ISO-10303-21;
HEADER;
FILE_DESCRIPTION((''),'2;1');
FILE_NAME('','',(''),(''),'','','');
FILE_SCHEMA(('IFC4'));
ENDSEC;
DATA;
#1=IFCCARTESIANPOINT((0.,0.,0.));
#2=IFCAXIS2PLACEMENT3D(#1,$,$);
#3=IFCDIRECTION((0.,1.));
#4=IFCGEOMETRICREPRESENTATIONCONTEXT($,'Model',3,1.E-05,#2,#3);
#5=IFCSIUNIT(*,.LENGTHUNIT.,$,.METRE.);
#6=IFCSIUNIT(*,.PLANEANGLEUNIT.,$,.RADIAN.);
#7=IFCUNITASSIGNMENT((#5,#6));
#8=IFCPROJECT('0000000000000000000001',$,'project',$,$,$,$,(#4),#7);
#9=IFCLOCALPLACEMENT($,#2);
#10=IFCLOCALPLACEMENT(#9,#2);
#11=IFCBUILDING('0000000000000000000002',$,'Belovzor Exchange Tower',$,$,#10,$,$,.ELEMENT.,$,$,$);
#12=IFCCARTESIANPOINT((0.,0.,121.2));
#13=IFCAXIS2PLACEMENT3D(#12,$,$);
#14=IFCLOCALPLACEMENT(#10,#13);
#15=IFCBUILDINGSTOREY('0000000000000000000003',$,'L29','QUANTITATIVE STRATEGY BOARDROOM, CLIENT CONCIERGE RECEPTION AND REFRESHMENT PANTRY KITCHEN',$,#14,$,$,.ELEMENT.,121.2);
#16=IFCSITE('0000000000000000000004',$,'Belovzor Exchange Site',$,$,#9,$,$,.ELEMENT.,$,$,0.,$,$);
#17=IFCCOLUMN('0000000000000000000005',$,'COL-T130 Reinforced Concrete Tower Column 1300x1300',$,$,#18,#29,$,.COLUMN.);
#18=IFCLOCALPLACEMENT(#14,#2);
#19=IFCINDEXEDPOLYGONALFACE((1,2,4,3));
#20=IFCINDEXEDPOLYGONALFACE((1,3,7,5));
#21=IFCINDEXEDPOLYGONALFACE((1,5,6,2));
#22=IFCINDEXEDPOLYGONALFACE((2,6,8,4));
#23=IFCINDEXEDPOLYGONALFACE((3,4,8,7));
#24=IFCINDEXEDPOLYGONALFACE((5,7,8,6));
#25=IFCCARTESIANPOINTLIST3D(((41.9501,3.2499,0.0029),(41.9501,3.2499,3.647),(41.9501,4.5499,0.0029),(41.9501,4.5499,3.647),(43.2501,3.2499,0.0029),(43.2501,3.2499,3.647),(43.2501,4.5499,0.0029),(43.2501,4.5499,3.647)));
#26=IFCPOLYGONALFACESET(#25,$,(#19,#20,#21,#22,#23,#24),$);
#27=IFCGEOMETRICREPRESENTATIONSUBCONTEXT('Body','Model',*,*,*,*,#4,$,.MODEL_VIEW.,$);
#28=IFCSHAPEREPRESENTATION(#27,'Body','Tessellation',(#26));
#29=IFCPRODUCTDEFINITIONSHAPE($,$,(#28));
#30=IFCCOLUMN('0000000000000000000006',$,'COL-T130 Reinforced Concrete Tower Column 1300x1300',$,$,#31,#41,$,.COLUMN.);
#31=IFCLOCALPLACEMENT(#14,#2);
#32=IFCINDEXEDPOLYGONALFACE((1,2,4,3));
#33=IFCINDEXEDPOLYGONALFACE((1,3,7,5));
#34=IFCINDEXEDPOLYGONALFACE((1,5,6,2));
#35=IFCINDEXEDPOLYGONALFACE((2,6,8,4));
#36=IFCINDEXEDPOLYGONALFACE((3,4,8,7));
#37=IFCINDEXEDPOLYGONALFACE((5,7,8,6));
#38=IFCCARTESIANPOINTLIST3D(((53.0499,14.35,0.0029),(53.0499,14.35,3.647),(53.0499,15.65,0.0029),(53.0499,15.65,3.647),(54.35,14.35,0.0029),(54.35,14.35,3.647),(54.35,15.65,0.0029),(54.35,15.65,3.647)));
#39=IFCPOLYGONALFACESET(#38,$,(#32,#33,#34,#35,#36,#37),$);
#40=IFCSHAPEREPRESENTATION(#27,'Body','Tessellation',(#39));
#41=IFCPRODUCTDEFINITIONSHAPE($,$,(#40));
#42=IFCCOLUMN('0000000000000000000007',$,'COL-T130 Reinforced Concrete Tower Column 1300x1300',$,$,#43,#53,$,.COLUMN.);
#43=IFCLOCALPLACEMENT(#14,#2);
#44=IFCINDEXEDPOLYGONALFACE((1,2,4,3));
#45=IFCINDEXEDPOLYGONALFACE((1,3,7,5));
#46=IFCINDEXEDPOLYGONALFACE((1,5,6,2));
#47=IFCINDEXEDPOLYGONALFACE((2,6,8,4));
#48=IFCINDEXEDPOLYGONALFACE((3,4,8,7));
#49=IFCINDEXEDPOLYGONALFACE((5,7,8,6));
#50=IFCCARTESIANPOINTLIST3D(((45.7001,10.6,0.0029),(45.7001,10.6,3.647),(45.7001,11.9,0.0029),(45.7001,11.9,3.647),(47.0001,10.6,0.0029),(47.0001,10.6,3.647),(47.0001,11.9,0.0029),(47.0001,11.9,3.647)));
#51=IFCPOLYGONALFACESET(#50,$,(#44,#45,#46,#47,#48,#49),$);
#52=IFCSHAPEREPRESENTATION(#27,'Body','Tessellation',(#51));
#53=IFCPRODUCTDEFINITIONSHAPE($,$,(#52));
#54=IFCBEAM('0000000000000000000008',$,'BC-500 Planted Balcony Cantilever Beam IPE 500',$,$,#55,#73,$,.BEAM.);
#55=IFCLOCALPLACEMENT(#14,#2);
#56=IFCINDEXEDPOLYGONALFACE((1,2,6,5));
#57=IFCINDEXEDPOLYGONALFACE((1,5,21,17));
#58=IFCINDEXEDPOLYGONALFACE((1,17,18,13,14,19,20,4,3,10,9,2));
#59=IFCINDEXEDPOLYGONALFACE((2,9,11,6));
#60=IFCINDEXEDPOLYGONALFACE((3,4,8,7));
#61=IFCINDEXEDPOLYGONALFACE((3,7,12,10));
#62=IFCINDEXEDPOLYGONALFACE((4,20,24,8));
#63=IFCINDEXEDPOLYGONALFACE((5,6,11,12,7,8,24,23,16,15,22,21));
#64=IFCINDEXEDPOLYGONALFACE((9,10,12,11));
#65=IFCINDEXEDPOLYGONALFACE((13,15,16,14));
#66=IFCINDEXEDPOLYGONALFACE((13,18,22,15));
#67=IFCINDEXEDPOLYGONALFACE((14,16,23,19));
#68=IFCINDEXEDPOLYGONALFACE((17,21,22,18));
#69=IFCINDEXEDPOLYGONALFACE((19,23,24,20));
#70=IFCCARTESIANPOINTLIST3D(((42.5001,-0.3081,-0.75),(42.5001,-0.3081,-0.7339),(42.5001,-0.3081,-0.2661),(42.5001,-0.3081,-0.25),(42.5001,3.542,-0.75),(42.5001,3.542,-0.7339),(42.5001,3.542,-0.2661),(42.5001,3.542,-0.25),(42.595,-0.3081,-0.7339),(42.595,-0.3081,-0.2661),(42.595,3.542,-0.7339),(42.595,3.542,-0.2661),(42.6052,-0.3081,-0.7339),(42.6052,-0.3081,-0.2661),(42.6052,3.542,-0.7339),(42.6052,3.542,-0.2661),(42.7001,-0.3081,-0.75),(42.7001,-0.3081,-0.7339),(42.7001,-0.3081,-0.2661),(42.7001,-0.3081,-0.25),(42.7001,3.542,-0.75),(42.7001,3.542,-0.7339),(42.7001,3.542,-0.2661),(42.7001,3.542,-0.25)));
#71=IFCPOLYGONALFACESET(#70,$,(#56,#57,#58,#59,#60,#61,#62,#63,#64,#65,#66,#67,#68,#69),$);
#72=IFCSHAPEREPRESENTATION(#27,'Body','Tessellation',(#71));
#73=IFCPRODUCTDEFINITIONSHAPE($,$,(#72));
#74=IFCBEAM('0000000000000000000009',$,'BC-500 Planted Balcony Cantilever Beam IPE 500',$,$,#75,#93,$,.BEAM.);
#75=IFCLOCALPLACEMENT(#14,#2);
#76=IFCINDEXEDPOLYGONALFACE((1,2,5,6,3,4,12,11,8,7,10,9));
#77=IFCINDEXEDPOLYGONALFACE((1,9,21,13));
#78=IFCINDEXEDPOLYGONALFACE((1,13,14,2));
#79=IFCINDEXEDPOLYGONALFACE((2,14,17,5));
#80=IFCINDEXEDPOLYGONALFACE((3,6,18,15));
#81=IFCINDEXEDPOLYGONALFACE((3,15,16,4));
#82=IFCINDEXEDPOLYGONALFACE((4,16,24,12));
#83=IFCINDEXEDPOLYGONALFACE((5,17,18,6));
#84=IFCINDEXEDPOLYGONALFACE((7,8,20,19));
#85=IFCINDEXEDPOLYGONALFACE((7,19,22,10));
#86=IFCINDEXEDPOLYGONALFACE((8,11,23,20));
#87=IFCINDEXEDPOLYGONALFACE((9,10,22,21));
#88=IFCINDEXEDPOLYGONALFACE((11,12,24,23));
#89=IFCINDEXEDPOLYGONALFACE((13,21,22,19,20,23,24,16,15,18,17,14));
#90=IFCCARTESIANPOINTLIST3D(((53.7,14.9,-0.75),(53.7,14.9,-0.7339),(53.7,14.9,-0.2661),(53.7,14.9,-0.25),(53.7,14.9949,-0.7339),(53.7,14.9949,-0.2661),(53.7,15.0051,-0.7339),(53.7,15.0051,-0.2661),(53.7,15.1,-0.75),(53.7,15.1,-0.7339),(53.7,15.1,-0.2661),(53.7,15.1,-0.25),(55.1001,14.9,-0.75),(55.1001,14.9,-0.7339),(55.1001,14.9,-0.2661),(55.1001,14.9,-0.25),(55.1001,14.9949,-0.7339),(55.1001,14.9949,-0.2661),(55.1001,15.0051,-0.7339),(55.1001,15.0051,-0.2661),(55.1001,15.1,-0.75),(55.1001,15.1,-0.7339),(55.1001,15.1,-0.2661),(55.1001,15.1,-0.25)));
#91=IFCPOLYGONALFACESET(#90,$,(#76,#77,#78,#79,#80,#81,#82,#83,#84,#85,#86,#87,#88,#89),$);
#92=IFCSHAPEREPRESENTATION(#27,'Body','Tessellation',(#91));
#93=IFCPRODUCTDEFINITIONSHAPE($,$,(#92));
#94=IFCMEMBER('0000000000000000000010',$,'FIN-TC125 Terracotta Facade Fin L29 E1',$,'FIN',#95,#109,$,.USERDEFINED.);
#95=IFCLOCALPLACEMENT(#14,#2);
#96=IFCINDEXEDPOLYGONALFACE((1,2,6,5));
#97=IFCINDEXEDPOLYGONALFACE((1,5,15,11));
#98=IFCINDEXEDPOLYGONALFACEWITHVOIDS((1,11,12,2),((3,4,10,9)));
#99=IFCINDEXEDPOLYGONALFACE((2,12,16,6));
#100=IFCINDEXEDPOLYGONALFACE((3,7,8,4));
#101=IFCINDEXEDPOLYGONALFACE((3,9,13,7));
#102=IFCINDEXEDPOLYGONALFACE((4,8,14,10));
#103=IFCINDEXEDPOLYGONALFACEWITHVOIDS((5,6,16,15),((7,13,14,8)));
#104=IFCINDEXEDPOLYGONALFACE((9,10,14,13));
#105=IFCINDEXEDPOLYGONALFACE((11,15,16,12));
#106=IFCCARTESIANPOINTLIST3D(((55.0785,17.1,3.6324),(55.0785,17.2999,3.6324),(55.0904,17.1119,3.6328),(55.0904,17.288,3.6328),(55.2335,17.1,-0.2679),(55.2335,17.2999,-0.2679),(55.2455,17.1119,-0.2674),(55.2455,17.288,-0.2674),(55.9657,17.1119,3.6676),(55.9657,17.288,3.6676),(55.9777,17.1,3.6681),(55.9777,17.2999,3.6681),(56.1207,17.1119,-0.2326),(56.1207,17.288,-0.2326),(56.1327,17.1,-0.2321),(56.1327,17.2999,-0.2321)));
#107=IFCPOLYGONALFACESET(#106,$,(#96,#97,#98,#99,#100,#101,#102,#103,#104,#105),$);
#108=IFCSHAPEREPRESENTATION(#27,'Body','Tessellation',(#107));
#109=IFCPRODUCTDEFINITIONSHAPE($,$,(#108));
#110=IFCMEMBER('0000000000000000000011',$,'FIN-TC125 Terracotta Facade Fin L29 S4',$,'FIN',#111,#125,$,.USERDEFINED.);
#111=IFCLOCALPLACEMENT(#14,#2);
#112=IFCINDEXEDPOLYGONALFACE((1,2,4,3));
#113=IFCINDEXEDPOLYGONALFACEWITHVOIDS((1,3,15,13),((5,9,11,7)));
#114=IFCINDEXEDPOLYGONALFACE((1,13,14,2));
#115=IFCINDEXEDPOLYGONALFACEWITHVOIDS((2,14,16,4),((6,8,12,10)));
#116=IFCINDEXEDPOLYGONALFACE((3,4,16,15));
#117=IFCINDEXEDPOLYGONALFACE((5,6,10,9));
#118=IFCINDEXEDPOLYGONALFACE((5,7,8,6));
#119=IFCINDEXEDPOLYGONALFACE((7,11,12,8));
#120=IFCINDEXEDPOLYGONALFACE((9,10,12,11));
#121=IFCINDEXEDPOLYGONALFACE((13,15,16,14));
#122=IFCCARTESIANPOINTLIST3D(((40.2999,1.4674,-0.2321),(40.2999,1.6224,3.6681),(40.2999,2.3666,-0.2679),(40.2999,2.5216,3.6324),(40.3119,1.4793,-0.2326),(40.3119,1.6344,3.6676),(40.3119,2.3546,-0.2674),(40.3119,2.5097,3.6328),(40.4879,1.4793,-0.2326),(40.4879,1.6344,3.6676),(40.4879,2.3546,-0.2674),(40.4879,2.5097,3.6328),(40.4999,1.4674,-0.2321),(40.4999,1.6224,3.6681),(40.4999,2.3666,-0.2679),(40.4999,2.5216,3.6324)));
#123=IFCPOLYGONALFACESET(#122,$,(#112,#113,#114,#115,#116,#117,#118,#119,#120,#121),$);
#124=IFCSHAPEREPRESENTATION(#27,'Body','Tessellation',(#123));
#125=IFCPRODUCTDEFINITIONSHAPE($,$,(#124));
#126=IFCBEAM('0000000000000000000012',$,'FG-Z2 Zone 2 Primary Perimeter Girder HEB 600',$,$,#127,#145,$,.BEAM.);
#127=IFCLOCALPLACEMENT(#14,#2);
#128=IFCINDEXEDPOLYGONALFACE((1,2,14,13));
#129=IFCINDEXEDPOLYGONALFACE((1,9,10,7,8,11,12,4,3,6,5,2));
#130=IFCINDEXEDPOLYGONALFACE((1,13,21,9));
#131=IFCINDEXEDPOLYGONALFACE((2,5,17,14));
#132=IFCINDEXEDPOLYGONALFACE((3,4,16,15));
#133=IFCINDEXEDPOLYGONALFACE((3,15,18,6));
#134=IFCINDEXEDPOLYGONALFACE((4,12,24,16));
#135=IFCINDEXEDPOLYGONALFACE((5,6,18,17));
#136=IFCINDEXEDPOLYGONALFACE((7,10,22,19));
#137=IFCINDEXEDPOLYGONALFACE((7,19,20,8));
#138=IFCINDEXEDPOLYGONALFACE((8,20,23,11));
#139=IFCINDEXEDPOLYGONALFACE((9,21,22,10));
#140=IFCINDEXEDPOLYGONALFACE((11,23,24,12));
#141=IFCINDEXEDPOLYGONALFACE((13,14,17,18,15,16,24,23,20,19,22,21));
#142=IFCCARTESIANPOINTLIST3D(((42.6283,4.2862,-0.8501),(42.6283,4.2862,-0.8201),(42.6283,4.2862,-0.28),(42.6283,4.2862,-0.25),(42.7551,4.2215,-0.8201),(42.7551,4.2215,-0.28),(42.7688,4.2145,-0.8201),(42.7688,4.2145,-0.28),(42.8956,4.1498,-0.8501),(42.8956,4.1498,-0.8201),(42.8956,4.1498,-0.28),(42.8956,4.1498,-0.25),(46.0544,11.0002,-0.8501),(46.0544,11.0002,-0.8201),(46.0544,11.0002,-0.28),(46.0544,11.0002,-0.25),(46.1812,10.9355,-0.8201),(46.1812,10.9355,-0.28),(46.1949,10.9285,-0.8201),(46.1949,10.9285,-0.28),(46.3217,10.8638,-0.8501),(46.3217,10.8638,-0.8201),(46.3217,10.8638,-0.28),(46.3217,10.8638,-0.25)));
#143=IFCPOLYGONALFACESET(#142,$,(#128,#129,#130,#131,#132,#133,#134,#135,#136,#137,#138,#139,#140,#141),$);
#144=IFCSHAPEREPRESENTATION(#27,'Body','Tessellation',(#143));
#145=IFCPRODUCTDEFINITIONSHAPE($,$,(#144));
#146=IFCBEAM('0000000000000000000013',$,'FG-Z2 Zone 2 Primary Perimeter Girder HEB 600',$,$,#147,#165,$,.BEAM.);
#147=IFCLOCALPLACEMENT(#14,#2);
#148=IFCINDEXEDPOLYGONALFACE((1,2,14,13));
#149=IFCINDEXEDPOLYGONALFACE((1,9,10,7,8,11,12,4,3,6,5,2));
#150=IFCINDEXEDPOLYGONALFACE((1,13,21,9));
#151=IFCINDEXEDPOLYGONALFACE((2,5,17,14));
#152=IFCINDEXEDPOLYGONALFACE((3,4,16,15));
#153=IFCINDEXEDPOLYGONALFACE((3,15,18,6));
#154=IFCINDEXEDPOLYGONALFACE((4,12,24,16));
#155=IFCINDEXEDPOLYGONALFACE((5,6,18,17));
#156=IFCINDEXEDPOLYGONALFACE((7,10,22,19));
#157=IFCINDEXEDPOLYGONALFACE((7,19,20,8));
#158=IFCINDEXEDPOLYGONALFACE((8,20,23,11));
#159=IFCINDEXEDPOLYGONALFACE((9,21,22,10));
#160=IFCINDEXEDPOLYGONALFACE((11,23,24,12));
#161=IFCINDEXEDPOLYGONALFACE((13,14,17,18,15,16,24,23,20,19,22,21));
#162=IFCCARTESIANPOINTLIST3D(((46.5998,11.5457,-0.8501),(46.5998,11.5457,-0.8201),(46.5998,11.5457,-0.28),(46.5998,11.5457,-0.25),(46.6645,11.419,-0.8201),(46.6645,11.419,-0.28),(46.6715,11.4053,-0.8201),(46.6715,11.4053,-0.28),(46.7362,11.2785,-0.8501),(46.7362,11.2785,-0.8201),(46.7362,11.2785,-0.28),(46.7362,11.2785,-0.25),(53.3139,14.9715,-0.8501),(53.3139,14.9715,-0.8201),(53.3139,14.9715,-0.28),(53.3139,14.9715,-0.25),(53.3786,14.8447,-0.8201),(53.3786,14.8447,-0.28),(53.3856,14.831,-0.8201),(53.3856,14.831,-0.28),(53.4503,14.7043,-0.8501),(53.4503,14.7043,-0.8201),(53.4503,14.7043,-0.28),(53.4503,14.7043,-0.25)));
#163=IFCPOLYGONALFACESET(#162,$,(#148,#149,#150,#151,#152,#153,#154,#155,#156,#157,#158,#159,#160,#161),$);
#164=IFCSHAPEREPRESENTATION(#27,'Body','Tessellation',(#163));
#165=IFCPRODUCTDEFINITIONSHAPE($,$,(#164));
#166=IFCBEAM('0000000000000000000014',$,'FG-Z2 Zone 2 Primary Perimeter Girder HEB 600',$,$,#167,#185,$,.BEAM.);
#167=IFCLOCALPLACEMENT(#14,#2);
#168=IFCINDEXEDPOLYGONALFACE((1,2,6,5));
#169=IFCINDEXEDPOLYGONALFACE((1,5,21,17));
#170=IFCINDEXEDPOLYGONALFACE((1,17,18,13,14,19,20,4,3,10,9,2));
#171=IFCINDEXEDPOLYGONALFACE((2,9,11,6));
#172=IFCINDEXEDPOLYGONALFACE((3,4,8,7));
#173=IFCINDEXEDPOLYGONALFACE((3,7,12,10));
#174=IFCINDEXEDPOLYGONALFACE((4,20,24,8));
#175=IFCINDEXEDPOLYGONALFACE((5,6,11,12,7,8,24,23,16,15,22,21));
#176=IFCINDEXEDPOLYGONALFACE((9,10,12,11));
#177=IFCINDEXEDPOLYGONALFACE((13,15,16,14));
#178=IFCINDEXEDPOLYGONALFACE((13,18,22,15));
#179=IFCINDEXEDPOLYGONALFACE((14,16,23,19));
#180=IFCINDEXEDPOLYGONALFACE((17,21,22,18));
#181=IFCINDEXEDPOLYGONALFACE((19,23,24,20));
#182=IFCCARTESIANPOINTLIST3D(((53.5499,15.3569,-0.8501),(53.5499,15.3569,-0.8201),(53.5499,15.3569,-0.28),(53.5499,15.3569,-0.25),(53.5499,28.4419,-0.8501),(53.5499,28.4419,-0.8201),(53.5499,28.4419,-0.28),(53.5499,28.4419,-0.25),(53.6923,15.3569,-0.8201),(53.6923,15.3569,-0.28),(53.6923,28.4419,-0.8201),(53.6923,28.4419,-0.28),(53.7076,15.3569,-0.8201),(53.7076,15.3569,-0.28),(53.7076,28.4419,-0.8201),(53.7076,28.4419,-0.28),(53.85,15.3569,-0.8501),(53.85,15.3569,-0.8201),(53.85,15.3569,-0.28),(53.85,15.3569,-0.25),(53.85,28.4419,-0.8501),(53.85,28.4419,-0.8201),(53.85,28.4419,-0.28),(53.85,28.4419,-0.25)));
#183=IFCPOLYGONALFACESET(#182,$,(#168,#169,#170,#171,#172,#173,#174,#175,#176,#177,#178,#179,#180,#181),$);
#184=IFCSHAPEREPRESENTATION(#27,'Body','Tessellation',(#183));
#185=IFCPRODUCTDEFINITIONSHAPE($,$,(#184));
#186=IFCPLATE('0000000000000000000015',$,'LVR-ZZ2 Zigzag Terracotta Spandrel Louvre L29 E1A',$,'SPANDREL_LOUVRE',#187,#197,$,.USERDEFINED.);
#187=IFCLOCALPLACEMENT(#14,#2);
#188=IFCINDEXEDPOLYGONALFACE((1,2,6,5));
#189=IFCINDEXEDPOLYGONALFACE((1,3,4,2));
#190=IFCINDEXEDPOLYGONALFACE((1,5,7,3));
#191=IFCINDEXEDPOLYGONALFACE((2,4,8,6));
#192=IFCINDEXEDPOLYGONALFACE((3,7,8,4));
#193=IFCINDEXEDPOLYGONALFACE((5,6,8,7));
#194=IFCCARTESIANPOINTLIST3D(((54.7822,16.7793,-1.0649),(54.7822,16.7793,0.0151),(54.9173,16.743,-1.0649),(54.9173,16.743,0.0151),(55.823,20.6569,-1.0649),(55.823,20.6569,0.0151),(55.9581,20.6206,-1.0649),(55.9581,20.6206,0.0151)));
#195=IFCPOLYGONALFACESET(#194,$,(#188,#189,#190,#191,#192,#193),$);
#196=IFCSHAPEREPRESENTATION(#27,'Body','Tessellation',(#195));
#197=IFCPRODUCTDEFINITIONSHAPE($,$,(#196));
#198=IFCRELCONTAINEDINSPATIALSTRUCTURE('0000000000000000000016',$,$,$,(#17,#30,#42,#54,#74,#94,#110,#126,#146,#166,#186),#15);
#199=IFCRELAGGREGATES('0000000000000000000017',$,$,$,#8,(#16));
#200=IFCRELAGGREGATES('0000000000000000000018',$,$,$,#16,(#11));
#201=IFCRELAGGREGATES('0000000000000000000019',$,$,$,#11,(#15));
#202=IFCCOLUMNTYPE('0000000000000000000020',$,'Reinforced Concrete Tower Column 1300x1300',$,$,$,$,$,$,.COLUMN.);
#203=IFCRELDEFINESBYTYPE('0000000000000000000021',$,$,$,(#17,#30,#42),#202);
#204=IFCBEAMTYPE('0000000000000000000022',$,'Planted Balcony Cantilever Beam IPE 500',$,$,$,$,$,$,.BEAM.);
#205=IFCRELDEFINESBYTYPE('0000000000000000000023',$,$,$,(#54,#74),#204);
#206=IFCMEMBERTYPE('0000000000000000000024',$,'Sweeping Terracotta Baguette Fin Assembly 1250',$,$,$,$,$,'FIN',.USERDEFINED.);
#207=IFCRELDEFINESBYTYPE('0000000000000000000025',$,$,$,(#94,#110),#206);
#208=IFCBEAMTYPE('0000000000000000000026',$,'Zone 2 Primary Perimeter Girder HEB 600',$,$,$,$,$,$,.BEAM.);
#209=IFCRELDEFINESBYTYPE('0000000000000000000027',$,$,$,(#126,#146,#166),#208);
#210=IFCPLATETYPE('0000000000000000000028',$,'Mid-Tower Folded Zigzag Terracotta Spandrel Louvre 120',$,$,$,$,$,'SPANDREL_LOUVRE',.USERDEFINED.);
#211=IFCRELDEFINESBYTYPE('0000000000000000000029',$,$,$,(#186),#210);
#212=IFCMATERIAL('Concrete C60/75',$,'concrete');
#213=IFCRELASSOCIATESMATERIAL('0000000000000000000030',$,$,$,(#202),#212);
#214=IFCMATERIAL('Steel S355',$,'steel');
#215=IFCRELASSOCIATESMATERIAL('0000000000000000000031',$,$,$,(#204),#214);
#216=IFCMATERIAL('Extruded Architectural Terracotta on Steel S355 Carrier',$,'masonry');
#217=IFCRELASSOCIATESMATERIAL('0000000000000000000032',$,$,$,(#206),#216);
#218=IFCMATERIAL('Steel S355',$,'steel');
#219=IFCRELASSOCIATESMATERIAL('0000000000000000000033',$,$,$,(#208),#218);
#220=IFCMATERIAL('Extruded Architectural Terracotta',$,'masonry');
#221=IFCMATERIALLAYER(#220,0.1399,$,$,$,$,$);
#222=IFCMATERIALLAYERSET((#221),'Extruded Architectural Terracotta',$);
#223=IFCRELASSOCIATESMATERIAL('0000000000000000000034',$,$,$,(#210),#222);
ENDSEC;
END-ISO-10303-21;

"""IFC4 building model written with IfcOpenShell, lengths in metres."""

from ifc_helpers import new_model, si_unit, direction, frame, origin, origin_2d, place, context, subcontext, project, spatial, rectangle, hollow_rectangle, i_section, extrude, material, layer, layer_set, material_profile, profile_set, type_object, element, save


model = new_model("IFC4")

# Units and contexts
model_context = context("Model", 3, precision=1e-05, world=origin(), true_north=direction((0.0, 1.0)))
body_context = subcontext(model_context, "Body", "Model", "MODEL_VIEW")
ifc_project = project(units=[si_unit("LENGTHUNIT", "METRE"), si_unit("PLANEANGLEUNIT", "RADIAN")], contexts=[model_context])

# Site, building, storey
site_placement = place(None, origin())
site = spatial("IfcSite", under=ifc_project, at=site_placement, Name="Belovzor Exchange Site", CompositionType="ELEMENT", RefElevation=0.0)
building_placement = place(site_placement, origin())
building = spatial("IfcBuilding", under=site, at=building_placement, Name="Belovzor Exchange Tower", CompositionType="ELEMENT")
storey_placement = place(building_placement, frame((0.0, 0.0, 121.2)))
storey = spatial("IfcBuildingStorey", under=building, at=storey_placement, Name="L29", Description="QUANTITATIVE STRATEGY BOARDROOM, CLIENT CONCIERGE RECEPTION AND REFRESHMENT PANTRY KITCHEN", CompositionType="ELEMENT", Elevation=121.2)

# Columns
ifc_material_1 = material(Name="Concrete C60/75", Category="concrete")
ifc_material_profile_1 = material_profile(ifc_material_1, rectangle(XDim=1.3, YDim=1.3, at=origin_2d()))
ifc_profile_set_1 = profile_set([ifc_material_profile_1], Name="Concrete C60/75")
column_type = type_object("IfcColumnType", Name="Reinforced Concrete Tower Column 1300x1300", PredefinedType="COLUMN", material=ifc_profile_set_1)
for number, where, z_axis, x_axis, name in (
    (1, (42.6001, 3.8999, 0.0029), (0.0, 0.0, 1.0), (1.0, 0.0, 0.0), "COL-T130 Reinforced Concrete Tower Column 1300x1300"),
    (2, (53.7, 15.0, 0.0029), (0.0, 0.0, 1.0), (1.0, 0.0, 0.0), "COL-T130 Reinforced Concrete Tower Column 1300x1300"),
    (3, (46.3501, 11.25, 0.0029), (0.0, 0.0, 1.0), (1.0, 0.0, 0.0), "COL-T130 Reinforced Concrete Tower Column 1300x1300"),
):
    element("IfcColumn", number, at=place(storey_placement, frame(where, z_axis=z_axis, x_axis=x_axis)), inside=storey, type_object=column_type, Name=name, PredefinedType="COLUMN", context=body_context, shape_type="SweptSolid", body=[
        extrude(rectangle(XDim=1.3, YDim=1.3, at=origin_2d()), origin(), (0.0, 0.0, 1.0), 3.644),
    ])

# Beams
ifc_material_2 = material(Name="Steel S355", Category="steel")
ifc_material_profile_2 = material_profile(ifc_material_2, i_section(OverallWidth=0.2, OverallDepth=0.5, WebThickness=0.0103, FlangeThickness=0.0161, at=origin_2d()))
ifc_profile_set_2 = profile_set([ifc_material_profile_2], Name="Steel S355")
beam_type_1 = type_object("IfcBeamType", Name="Planted Balcony Cantilever Beam IPE 500", PredefinedType="BEAM", material=ifc_profile_set_2)
beam_1_placement = place(storey_placement, frame((42.6001, 3.542, -0.5), z_axis=(0.0, -1.0, 0.0), x_axis=(1.0, 0.0, 0.0)))
element("IfcBeam", 4, at=beam_1_placement, inside=storey, type_object=beam_type_1, Name="BC-500 Planted Balcony Cantilever Beam IPE 500", PredefinedType="BEAM", context=body_context, shape_type="SweptSolid", body=[
    extrude(i_section(OverallWidth=0.2, OverallDepth=0.5, WebThickness=0.0103, FlangeThickness=0.0161, at=origin_2d()), origin(), (0.0, 0.0, 1.0), 3.8501),
])
beam_2_placement = place(storey_placement, frame((53.7, 15.0, -0.5), z_axis=(1.0, 0.0, 0.0), x_axis=(0.0, 1.0, 0.0)))
element("IfcBeam", 5, at=beam_2_placement, inside=storey, type_object=beam_type_1, Name="BC-500 Planted Balcony Cantilever Beam IPE 500", PredefinedType="BEAM", context=body_context, shape_type="SweptSolid", body=[
    extrude(i_section(OverallWidth=0.2, OverallDepth=0.5, WebThickness=0.0103, FlangeThickness=0.0161, at=origin_2d()), origin(), (0.0, 0.0, 1.0), 1.4001),
])

# Members
ifc_material_3 = material(Name="Extruded Architectural Terracotta on Steel S355 Carrier", Category="masonry")
ifc_material_profile_3 = material_profile(ifc_material_3, hollow_rectangle(XDim=0.2, YDim=0.8999, WallThickness=0.012, at=origin_2d()))
ifc_profile_set_3 = profile_set([ifc_material_profile_3], Name="Extruded Architectural Terracotta on Steel S355 Carrier")
member_type = type_object("IfcMemberType", Name="Sweeping Terracotta Baguette Fin Assembly 1250", ElementType="FIN", PredefinedType="USERDEFINED", material=ifc_profile_set_3)
for number, where, z_axis, x_axis, name in (
    (6, (55.6831, 17.2, -0.25), (-0.039718, 0.0, 0.999211), (0.0, -1.0, 0.0), "FIN-TC125 Terracotta Facade Fin L29 E1"),
    (7, (40.3999, 1.917, -0.25), (0.0, 0.039718, 0.999211), (-1.0, 0.0, 0.0), "FIN-TC125 Terracotta Facade Fin L29 S4"),
):
    element("IfcMember", number, at=place(storey_placement, frame(where, z_axis=z_axis, x_axis=x_axis)), inside=storey, type_object=member_type, Name=name, ObjectType="FIN", PredefinedType="USERDEFINED", context=body_context, shape_type="SweptSolid", body=[
        extrude(hollow_rectangle(XDim=0.2, YDim=0.8999, WallThickness=0.012, at=origin_2d()), origin(), (0.0, 0.0, 1.0), 3.9033),
    ])

# Beams
ifc_material_4 = material(Name="Steel S355", Category="steel")
ifc_material_profile_4 = material_profile(ifc_material_4, i_section(OverallWidth=0.3, OverallDepth=0.6001, WebThickness=0.0154, FlangeThickness=0.03, at=origin_2d()))
ifc_profile_set_4 = profile_set([ifc_material_profile_4], Name="Steel S355")
beam_type_2 = type_object("IfcBeamType", Name="Zone 2 Primary Perimeter Girder HEB 600", PredefinedType="BEAM", material=ifc_profile_set_4)
for number, where, z_axis, x_axis, name in (
    (8, (42.762, 4.218, -0.55), (0.454532, 0.890731, 0.0), (-0.890731, 0.454532, 0.0), "FG-Z2 Zone 2 Primary Perimeter Girder HEB 600"),
    (9, (46.668, 11.4121, -0.55), (0.89075, 0.454493, 0.0), (-0.454493, 0.89075, 0.0), "FG-Z2 Zone 2 Primary Perimeter Girder HEB 600"),
):
    element("IfcBeam", number, at=place(storey_placement, frame(where, z_axis=z_axis, x_axis=x_axis)), inside=storey, type_object=beam_type_2, Name=name, PredefinedType="BEAM", context=body_context, shape_type="SweptSolid", body=[
        extrude(i_section(OverallWidth=0.3, OverallDepth=0.6001, WebThickness=0.0154, FlangeThickness=0.03, at=origin_2d()), origin(), (0.0, 0.0, 1.0), 7.5376),
    ])
beam_3_placement = place(storey_placement, frame((53.7, 15.3569, -0.55), z_axis=(0.0, 1.0, 0.0), x_axis=(-1.0, 0.0, 0.0)))
element("IfcBeam", 10, at=beam_3_placement, inside=storey, type_object=beam_type_2, Name="FG-Z2 Zone 2 Primary Perimeter Girder HEB 600", PredefinedType="BEAM", context=body_context, shape_type="SweptSolid", body=[
    extrude(i_section(OverallWidth=0.3, OverallDepth=0.6001, WebThickness=0.0154, FlangeThickness=0.03, at=origin_2d()), origin(), (0.0, 0.0, 1.0), 13.085),
])

# Plate
ifc_material_5 = material(Name="Extruded Architectural Terracotta", Category="masonry")
ifc_layer_1 = layer(ifc_material_5, 0.1399)
ifc_layer_set_1 = layer_set([ifc_layer_1], Name="Extruded Architectural Terracotta")
plate_type = type_object("IfcPlateType", Name="Mid-Tower Folded Zigzag Terracotta Spandrel Louvre 120", ElementType="SPANDREL_LOUVRE", PredefinedType="USERDEFINED", material=ifc_layer_set_1)
plate_placement = place(storey_placement, frame((55.3701, 18.7, -1.0649), z_axis=(0.0, 0.0, 1.0), x_axis=(0.25924, 0.965813, 0.0)))
element("IfcPlate", 11, at=plate_placement, inside=storey, type_object=plate_type, Name="LVR-ZZ2 Zigzag Terracotta Spandrel Louvre L29 E1A", ObjectType="SPANDREL_LOUVRE", PredefinedType="USERDEFINED", context=body_context, shape_type="SweptSolid", body=[
    extrude(rectangle(XDim=4.0149, YDim=0.1399, at=origin_2d()), origin(), (0.0, 0.0, 1.0), 1.0801),
])

save(model, "model.ifc")
